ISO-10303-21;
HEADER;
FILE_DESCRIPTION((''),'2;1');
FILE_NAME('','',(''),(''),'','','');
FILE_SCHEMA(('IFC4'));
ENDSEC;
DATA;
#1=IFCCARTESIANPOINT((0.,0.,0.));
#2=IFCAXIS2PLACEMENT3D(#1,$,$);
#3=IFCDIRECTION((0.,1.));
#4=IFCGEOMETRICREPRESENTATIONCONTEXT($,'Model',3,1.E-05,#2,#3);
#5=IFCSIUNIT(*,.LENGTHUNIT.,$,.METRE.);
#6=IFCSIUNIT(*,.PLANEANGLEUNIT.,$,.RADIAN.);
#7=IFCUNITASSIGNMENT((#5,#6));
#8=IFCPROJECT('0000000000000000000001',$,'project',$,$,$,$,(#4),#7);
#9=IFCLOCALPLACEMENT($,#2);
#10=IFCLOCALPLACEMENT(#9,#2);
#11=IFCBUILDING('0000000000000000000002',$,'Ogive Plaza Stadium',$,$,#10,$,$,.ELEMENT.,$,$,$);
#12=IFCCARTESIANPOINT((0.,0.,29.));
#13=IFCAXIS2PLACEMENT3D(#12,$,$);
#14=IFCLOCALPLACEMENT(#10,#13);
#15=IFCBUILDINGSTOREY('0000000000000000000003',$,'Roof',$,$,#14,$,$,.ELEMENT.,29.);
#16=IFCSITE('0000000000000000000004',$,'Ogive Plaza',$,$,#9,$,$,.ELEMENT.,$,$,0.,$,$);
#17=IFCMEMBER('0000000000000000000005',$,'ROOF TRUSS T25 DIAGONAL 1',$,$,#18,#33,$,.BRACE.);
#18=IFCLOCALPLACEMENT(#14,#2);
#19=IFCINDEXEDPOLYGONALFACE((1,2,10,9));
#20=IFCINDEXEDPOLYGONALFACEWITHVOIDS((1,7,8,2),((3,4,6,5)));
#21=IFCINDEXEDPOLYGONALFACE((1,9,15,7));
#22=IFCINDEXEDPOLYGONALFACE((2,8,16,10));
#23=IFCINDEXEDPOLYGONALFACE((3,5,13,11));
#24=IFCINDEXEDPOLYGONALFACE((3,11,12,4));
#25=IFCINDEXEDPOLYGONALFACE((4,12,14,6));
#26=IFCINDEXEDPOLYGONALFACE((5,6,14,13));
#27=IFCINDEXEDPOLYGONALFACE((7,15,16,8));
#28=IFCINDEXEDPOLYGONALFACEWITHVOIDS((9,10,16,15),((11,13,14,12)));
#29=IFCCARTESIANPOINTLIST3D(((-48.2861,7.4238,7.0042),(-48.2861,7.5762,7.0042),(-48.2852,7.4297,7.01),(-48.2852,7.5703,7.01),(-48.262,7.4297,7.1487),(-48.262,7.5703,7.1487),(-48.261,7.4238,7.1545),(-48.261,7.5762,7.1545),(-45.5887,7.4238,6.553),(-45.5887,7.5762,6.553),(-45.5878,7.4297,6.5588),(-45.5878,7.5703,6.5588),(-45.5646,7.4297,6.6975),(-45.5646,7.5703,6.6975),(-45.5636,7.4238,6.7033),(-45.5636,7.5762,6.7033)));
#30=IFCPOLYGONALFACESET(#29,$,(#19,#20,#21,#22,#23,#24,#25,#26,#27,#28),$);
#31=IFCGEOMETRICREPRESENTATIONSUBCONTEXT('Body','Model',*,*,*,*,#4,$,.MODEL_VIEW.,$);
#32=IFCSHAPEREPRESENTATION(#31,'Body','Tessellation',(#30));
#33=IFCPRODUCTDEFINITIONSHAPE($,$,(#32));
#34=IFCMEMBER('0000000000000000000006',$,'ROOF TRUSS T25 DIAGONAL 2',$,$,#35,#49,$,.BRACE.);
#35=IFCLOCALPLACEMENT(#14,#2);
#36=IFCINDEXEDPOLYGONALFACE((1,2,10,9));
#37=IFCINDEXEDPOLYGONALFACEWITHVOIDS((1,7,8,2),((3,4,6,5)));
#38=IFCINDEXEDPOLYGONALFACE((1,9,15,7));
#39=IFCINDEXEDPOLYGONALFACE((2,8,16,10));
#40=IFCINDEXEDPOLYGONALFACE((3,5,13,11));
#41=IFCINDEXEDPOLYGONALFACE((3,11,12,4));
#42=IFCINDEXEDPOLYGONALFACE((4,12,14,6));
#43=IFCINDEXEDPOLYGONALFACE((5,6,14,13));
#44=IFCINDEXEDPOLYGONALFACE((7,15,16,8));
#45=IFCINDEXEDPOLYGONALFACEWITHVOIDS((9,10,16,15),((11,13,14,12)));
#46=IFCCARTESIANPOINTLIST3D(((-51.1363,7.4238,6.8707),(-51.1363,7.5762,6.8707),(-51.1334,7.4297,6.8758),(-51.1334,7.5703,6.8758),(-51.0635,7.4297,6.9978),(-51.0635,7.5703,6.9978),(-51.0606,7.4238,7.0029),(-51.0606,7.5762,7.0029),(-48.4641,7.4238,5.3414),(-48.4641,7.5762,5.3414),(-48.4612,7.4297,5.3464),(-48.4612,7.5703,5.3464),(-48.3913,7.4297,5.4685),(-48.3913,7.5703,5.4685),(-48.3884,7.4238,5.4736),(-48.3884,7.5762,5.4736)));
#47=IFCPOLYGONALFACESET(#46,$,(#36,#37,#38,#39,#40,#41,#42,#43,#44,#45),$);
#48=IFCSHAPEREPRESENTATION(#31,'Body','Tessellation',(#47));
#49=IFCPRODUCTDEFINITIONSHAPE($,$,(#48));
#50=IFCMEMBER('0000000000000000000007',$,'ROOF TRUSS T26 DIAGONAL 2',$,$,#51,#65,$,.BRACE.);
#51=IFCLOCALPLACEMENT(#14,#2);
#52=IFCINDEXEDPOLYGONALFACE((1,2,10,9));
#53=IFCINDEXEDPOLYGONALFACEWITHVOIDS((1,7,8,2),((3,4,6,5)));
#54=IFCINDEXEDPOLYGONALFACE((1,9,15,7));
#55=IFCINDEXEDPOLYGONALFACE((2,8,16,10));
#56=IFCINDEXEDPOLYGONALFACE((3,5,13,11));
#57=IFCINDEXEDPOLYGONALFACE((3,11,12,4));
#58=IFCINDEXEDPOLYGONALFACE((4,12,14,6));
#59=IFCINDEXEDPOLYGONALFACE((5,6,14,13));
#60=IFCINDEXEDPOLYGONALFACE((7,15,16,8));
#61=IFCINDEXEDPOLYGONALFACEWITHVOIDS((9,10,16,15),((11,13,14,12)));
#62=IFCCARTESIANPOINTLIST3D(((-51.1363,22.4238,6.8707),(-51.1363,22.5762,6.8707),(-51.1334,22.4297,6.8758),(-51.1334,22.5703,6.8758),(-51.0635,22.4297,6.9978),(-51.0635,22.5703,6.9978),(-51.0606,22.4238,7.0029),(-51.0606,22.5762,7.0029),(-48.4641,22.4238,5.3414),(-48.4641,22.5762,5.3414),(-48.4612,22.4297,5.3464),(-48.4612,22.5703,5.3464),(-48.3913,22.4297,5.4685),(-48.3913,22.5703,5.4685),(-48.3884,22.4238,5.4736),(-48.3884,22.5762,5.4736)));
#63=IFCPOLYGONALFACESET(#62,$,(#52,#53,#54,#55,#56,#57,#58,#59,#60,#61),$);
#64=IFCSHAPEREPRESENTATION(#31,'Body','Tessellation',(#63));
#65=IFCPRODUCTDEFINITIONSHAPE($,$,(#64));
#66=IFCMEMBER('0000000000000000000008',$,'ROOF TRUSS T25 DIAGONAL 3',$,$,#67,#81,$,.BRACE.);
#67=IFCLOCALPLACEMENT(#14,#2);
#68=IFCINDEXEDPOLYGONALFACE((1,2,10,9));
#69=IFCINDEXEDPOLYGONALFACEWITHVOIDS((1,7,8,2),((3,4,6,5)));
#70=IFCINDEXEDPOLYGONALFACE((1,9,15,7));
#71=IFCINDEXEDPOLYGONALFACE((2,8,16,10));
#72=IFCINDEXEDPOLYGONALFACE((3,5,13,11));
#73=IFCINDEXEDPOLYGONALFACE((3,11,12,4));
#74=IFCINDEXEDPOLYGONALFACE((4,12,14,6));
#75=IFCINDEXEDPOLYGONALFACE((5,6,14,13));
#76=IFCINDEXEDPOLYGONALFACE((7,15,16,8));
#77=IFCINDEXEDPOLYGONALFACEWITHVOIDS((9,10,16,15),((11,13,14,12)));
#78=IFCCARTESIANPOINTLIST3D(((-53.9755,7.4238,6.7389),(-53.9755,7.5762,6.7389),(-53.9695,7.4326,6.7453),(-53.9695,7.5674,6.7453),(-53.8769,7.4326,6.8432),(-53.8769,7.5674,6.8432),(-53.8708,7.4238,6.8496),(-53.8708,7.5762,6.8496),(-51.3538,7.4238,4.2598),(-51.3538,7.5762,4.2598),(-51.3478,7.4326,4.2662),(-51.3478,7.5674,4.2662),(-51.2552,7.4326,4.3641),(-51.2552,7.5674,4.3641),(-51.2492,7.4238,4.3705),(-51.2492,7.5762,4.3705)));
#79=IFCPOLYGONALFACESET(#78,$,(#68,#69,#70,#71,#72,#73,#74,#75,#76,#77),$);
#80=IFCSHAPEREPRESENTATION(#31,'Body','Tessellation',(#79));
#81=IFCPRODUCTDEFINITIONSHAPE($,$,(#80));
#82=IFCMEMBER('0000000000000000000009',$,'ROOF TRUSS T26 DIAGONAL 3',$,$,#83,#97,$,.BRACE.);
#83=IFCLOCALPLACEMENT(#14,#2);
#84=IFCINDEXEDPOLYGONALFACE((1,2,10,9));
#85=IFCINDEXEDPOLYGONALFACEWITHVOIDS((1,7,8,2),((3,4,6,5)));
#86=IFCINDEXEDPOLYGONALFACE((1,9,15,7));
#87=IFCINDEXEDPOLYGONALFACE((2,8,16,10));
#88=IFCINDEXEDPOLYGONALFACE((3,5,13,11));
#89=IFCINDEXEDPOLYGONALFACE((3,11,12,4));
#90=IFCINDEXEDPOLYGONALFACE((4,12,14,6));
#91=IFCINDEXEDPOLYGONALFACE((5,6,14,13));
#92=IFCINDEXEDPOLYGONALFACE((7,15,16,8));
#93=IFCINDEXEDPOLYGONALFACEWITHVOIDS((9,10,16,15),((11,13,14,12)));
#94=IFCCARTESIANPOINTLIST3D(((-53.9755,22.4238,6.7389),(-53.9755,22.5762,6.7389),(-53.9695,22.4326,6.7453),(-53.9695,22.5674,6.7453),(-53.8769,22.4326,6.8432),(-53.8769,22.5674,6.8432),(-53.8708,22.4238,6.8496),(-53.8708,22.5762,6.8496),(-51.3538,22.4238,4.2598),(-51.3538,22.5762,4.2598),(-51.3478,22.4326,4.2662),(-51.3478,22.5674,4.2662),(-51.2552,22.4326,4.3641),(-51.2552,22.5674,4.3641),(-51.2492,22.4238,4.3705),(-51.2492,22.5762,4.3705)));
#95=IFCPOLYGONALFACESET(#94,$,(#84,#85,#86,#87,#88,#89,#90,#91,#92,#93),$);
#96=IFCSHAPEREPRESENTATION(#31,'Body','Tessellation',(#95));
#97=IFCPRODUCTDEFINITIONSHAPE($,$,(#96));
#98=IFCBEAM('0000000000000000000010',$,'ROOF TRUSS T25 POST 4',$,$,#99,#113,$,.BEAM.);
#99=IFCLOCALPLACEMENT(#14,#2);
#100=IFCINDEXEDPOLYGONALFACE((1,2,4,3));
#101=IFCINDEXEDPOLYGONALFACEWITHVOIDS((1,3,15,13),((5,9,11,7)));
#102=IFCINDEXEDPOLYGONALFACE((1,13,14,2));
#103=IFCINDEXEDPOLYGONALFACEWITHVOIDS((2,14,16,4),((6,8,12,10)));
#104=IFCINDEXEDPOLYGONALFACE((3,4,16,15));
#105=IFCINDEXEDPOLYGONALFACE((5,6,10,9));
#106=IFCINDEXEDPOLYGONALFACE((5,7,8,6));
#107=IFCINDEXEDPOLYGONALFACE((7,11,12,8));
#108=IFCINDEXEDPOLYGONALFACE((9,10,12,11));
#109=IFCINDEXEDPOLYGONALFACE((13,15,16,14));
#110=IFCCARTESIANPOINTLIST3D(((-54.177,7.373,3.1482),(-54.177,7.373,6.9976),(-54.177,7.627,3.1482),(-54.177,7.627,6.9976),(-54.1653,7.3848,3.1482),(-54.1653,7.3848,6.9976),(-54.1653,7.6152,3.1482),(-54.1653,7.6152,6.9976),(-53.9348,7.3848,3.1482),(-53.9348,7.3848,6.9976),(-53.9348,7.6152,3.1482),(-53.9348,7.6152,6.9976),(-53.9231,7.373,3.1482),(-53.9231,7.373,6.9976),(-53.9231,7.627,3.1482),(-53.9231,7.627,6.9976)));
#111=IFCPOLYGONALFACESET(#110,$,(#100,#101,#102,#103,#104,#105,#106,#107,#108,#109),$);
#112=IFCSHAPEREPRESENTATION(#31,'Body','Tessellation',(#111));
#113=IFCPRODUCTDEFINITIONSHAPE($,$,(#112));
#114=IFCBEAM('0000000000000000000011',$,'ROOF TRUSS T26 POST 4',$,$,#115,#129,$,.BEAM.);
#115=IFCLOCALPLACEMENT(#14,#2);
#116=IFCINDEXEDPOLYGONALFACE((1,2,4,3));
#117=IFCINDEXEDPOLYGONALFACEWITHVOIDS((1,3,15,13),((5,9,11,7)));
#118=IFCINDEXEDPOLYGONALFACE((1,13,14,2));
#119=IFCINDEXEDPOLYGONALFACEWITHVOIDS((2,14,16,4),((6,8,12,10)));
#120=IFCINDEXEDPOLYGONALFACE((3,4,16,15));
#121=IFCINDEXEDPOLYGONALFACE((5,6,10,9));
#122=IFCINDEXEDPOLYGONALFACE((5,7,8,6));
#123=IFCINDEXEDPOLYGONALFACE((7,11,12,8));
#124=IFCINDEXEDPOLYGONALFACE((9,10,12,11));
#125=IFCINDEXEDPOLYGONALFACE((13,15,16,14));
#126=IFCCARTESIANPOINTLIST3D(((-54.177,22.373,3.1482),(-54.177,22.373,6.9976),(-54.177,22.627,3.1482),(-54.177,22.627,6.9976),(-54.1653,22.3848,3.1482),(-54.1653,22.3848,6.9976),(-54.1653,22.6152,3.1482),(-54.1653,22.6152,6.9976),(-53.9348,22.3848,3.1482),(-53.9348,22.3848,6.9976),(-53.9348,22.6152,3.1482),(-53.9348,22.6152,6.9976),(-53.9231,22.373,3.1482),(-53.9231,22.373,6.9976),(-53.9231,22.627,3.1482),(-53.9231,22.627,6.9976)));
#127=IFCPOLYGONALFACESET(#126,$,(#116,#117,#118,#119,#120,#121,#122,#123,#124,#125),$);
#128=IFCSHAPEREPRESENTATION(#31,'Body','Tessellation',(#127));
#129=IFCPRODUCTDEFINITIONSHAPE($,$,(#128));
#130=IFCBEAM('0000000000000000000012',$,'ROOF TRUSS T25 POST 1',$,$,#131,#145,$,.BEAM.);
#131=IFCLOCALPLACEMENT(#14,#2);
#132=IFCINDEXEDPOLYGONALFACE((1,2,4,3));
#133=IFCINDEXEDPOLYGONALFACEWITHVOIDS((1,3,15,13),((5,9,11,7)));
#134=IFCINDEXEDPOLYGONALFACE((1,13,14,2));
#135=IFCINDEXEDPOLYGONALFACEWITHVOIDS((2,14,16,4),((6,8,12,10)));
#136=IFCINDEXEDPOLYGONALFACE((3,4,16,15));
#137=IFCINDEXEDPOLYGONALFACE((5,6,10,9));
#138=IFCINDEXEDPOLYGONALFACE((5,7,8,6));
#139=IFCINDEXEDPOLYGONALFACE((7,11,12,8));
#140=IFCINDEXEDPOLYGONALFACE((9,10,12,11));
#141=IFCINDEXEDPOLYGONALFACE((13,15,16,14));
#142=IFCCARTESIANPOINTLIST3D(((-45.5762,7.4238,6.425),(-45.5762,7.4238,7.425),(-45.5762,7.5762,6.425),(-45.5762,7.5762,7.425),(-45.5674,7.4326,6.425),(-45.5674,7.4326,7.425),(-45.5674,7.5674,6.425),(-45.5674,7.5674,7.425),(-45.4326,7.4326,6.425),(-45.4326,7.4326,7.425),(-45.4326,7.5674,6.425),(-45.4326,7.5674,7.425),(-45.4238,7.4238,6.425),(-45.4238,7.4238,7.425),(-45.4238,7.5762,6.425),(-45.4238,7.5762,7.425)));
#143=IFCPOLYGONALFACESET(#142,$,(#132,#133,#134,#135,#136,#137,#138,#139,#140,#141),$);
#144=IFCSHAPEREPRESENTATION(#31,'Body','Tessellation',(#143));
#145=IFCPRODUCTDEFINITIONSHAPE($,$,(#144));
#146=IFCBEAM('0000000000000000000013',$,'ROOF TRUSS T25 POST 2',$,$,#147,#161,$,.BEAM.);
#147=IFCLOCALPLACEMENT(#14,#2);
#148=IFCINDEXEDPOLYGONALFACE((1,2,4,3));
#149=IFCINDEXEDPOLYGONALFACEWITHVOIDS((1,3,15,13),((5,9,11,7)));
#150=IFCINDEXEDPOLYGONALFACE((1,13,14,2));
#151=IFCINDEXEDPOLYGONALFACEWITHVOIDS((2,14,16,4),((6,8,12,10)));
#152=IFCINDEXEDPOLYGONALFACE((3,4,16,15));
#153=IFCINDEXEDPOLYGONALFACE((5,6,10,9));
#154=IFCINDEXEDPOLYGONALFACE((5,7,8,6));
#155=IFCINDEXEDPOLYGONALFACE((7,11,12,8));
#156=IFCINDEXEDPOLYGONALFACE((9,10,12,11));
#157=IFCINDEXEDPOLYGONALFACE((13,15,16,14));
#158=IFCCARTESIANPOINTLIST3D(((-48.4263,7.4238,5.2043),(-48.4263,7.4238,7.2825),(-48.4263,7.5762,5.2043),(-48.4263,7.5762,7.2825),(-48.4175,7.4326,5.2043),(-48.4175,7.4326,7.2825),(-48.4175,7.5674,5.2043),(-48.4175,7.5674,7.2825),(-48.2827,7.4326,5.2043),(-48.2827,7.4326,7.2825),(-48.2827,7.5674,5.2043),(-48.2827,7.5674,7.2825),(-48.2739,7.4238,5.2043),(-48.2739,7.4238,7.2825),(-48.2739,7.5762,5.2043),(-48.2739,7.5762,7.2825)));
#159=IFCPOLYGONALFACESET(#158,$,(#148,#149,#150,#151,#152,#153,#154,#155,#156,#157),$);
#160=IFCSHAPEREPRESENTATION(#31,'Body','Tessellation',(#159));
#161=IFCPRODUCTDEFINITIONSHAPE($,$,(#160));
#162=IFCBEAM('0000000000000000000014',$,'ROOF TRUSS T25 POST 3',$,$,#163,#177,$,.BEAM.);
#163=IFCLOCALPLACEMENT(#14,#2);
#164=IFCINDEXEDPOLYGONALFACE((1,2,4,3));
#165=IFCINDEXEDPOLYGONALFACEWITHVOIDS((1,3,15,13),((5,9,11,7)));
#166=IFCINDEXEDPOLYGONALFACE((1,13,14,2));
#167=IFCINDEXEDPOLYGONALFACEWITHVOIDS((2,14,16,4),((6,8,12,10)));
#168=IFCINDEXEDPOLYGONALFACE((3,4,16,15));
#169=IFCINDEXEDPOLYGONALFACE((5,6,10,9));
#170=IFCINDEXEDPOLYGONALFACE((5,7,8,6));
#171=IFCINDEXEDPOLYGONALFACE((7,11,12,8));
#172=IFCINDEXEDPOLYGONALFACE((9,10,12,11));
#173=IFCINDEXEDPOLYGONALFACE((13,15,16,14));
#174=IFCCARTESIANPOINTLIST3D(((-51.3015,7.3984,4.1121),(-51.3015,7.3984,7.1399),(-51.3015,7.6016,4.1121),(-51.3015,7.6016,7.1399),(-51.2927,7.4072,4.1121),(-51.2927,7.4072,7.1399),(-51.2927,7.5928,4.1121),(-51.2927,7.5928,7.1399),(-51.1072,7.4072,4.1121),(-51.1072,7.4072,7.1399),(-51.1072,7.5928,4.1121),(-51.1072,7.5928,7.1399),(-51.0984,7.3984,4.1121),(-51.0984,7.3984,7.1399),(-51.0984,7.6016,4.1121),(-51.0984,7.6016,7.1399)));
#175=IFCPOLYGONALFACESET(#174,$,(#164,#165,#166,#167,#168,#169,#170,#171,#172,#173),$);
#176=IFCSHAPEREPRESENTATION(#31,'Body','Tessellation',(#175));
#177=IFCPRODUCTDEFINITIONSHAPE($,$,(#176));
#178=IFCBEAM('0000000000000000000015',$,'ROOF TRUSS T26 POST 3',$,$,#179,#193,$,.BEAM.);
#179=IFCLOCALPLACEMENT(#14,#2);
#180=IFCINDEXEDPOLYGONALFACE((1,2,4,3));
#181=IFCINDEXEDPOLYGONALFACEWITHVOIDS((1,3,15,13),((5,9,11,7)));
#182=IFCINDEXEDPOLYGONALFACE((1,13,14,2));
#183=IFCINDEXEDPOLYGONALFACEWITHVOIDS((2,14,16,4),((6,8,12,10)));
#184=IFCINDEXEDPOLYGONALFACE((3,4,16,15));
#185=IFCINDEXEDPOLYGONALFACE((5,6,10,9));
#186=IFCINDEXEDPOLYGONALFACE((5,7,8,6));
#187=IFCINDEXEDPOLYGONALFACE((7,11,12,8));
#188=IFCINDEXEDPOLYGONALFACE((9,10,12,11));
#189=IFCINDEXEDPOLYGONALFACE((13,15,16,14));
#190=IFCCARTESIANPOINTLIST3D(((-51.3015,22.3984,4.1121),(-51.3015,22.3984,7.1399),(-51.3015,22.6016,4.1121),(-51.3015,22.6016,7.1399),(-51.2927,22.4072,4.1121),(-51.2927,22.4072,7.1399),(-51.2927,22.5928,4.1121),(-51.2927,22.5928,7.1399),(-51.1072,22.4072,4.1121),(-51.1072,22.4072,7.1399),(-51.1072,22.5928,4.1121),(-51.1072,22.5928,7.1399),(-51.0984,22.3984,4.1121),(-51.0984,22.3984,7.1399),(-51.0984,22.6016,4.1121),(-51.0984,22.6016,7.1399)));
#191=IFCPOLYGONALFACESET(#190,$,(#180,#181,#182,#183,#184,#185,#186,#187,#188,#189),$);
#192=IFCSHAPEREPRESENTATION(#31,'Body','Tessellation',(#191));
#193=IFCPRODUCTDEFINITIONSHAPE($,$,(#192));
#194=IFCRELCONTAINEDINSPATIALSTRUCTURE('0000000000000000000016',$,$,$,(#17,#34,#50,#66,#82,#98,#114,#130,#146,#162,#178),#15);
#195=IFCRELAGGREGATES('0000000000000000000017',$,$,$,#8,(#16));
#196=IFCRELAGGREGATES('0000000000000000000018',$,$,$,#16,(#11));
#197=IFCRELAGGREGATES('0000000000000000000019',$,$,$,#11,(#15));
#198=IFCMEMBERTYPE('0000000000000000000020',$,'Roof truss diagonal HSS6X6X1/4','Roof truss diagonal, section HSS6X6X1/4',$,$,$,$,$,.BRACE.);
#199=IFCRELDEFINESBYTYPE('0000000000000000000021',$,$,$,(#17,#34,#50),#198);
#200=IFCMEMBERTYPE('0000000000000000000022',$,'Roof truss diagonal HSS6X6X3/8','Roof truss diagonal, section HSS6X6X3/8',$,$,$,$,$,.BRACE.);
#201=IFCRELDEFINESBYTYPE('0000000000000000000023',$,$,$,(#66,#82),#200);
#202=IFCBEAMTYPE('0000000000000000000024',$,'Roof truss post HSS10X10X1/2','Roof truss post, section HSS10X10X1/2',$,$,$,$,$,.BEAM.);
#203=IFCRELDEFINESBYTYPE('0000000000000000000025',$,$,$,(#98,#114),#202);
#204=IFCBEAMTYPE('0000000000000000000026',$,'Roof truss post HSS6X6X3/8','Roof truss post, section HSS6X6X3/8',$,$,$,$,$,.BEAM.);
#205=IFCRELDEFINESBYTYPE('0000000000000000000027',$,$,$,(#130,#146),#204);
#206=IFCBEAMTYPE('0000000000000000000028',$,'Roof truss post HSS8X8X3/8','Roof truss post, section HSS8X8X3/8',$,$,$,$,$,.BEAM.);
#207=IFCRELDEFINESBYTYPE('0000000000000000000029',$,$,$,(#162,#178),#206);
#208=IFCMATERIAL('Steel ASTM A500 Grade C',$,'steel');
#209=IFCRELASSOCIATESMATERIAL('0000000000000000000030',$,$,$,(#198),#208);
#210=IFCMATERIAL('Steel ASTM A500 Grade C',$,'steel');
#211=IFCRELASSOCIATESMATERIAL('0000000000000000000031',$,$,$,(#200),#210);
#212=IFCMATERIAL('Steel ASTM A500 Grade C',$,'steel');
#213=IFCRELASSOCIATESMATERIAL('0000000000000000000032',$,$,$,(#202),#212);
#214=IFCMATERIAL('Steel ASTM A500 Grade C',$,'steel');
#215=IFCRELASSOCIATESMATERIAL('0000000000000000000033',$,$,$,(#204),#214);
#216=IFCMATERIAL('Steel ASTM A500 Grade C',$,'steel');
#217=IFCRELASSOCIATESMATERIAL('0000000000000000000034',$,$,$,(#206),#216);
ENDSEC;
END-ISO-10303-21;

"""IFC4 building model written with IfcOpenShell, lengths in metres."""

from ifc_helpers import new_model, si_unit, direction, frame, origin, origin_2d, place, context, subcontext, project, spatial, hollow_rectangle, extrude, material, material_profile, profile_set, type_object, element, save


model = new_model("IFC4")

# Units and contexts
model_context = context("Model", 3, precision=1e-05, world=origin(), true_north=direction((0.0, 1.0)))
body_context = subcontext(model_context, "Body", "Model", "MODEL_VIEW")
ifc_project = project(units=[si_unit("LENGTHUNIT", "METRE"), si_unit("PLANEANGLEUNIT", "RADIAN")], contexts=[model_context])

# Site, building, storey
site_placement = place(None, origin())
site = spatial("IfcSite", under=ifc_project, at=site_placement, Name="Ogive Plaza", CompositionType="ELEMENT", RefElevation=0.0)
building_placement = place(site_placement, origin())
building = spatial("IfcBuilding", under=site, at=building_placement, Name="Ogive Plaza Stadium", CompositionType="ELEMENT")
storey_placement = place(building_placement, frame((0.0, 0.0, 29.0)))
storey = spatial("IfcBuildingStorey", under=building, at=storey_placement, Name="Roof", CompositionType="ELEMENT", Elevation=29.0)

# Members
ifc_material_1 = material(Name="Steel ASTM A500 Grade C", Category="steel")
ifc_material_profile_1 = material_profile(ifc_material_1, hollow_rectangle(XDim=0.1523, YDim=0.1523, WallThickness=0.0059, at=origin_2d()), Name="HSS6X6X1/4")
ifc_profile_set_1 = profile_set([ifc_material_profile_1], Name="Steel ASTM A500 Grade C")
member_type_1 = type_object("IfcMemberType", Name="Roof truss diagonal HSS6X6X1/4", Description="Roof truss diagonal, section HSS6X6X1/4", PredefinedType="BRACE", material=ifc_profile_set_1)
member_1_placement = place(storey_placement, frame((-45.5762, 7.5, 6.6282), z_axis=(-0.9863, 0.0, 0.164964), x_axis=(0.0, -1.0, 0.0)))
element("IfcMember", 1, at=member_1_placement, inside=storey, type_object=member_type_1, Name="ROOF TRUSS T25 DIAGONAL 1", PredefinedType="BRACE", context=body_context, shape_type="SweptSolid", body=[
    extrude(hollow_rectangle(XDim=0.1523, YDim=0.1523, WallThickness=0.0059, at=origin_2d()), origin(), (0.0, 0.0, 1.0), 2.7349),
])
for number, where, z_axis, x_axis, name in (
    (2, (-48.4263, 7.5, 5.4075), (-0.867911, 0.0, 0.49672), (0.0, -1.0, 0.0), "ROOF TRUSS T25 DIAGONAL 2"),
    (3, (-48.4263, 22.5, 5.4075), (-0.867911, 0.0, 0.49672), (0.0, -1.0, 0.0), "ROOF TRUSS T26 DIAGONAL 2"),
):
    element("IfcMember", number, at=place(storey_placement, frame(where, z_axis=z_axis, x_axis=x_axis)), inside=storey, type_object=member_type_1, Name=name, PredefinedType="BRACE", context=body_context, shape_type="SweptSolid", body=[
        extrude(hollow_rectangle(XDim=0.1523, YDim=0.1523, WallThickness=0.0059, at=origin_2d()), origin(), (0.0, 0.0, 1.0), 3.0789),
    ])
ifc_material_2 = material(Name="Steel ASTM A500 Grade C", Category="steel")
ifc_material_profile_2 = material_profile(ifc_material_2, hollow_rectangle(XDim=0.1523, YDim=0.1523, WallThickness=0.0088, at=origin_2d()), Name="HSS6X6X3/8")
ifc_profile_set_2 = profile_set([ifc_material_profile_2], Name="Steel ASTM A500 Grade C")
member_type_2 = type_object("IfcMemberType", Name="Roof truss diagonal HSS6X6X3/8", Description="Roof truss diagonal, section HSS6X6X3/8", PredefinedType="BRACE", material=ifc_profile_set_2)
for number, where, z_axis, x_axis, name in (
    (4, (-51.3015, 7.5, 4.3152), (-0.726589, 0.0, 0.687072), (0.0, -1.0, 0.0), "ROOF TRUSS T25 DIAGONAL 3"),
    (5, (-51.3015, 22.5, 4.3152), (-0.726589, 0.0, 0.687072), (0.0, -1.0, 0.0), "ROOF TRUSS T26 DIAGONAL 3"),
):
    element("IfcMember", number, at=place(storey_placement, frame(where, z_axis=z_axis, x_axis=x_axis)), inside=storey, type_object=member_type_2, Name=name, PredefinedType="BRACE", context=body_context, shape_type="SweptSolid", body=[
        extrude(hollow_rectangle(XDim=0.1523, YDim=0.1523, WallThickness=0.0088, at=origin_2d()), origin(), (0.0, 0.0, 1.0), 3.6082),
    ])

# Beams
ifc_material_3 = material(Name="Steel ASTM A500 Grade C", Category="steel")
ifc_material_profile_3 = material_profile(ifc_material_3, hollow_rectangle(XDim=0.2539, YDim=0.2539, WallThickness=0.0117, at=origin_2d()), Name="HSS10X10X1/2")
ifc_profile_set_3 = profile_set([ifc_material_profile_3], Name="Steel ASTM A500 Grade C")
beam_type_1 = type_object("IfcBeamType", Name="Roof truss post HSS10X10X1/2", Description="Roof truss post, section HSS10X10X1/2", PredefinedType="BEAM", material=ifc_profile_set_3)
for number, where, z_axis, x_axis, name in (
    (6, (-54.05, 7.5, 3.1482), (0.0, 0.0, 1.0), (0.0, -1.0, 0.0), "ROOF TRUSS T25 POST 4"),
    (7, (-54.05, 22.5, 3.1482), (0.0, 0.0, 1.0), (0.0, -1.0, 0.0), "ROOF TRUSS T26 POST 4"),
):
    element("IfcBeam", number, at=place(storey_placement, frame(where, z_axis=z_axis, x_axis=x_axis)), inside=storey, type_object=beam_type_1, Name=name, PredefinedType="BEAM", context=body_context, shape_type="SweptSolid", body=[
        extrude(hollow_rectangle(XDim=0.2539, YDim=0.2539, WallThickness=0.0117, at=origin_2d()), origin(), (0.0, 0.0, 1.0), 3.8494),
    ])
ifc_material_4 = material(Name="Steel ASTM A500 Grade C", Category="steel")
ifc_material_profile_4 = material_profile(ifc_material_4, hollow_rectangle(XDim=0.1523, YDim=0.1523, WallThickness=0.0088, at=origin_2d()), Name="HSS6X6X3/8")
ifc_profile_set_4 = profile_set([ifc_material_profile_4], Name="Steel ASTM A500 Grade C")
beam_type_2 = type_object("IfcBeamType", Name="Roof truss post HSS6X6X3/8", Description="Roof truss post, section HSS6X6X3/8", PredefinedType="BEAM", material=ifc_profile_set_4)
beam_1_placement = place(storey_placement, frame((-45.5, 7.5, 6.425), z_axis=(0.0, 0.0, 1.0), x_axis=(0.0, -1.0, 0.0)))
element("IfcBeam", 8, at=beam_1_placement, inside=storey, type_object=beam_type_2, Name="ROOF TRUSS T25 POST 1", PredefinedType="BEAM", context=body_context, shape_type="SweptSolid", body=[
    extrude(hollow_rectangle(XDim=0.1523, YDim=0.1523, WallThickness=0.0088, at=origin_2d()), origin(), (0.0, 0.0, 1.0), 1.0),
])
beam_2_placement = place(storey_placement, frame((-48.3501, 7.5, 5.2043), z_axis=(0.0, 0.0, 1.0), x_axis=(0.0, -1.0, 0.0)))
element("IfcBeam", 9, at=beam_2_placement, inside=storey, type_object=beam_type_2, Name="ROOF TRUSS T25 POST 2", PredefinedType="BEAM", context=body_context, shape_type="SweptSolid", body=[
    extrude(hollow_rectangle(XDim=0.1523, YDim=0.1523, WallThickness=0.0088, at=origin_2d()), origin(), (0.0, 0.0, 1.0), 2.0781),
])
ifc_material_5 = material(Name="Steel ASTM A500 Grade C", Category="steel")
ifc_material_profile_5 = material_profile(ifc_material_5, hollow_rectangle(XDim=0.2031, YDim=0.2031, WallThickness=0.0088, at=origin_2d()), Name="HSS8X8X3/8")
ifc_profile_set_5 = profile_set([ifc_material_profile_5], Name="Steel ASTM A500 Grade C")
beam_type_3 = type_object("IfcBeamType", Name="Roof truss post HSS8X8X3/8", Description="Roof truss post, section HSS8X8X3/8", PredefinedType="BEAM", material=ifc_profile_set_5)
for number, where, z_axis, x_axis, name in (
    (10, (-51.2, 7.5, 4.1121), (0.0, 0.0, 1.0), (0.0, -1.0, 0.0), "ROOF TRUSS T25 POST 3"),
    (11, (-51.2, 22.5, 4.1121), (0.0, 0.0, 1.0), (0.0, -1.0, 0.0), "ROOF TRUSS T26 POST 3"),
):
    element("IfcBeam", number, at=place(storey_placement, frame(where, z_axis=z_axis, x_axis=x_axis)), inside=storey, type_object=beam_type_3, Name=name, PredefinedType="BEAM", context=body_context, shape_type="SweptSolid", body=[
        extrude(hollow_rectangle(XDim=0.2031, YDim=0.2031, WallThickness=0.0088, at=origin_2d()), origin(), (0.0, 0.0, 1.0), 3.0278),
    ])

save(model, "model.ifc")
